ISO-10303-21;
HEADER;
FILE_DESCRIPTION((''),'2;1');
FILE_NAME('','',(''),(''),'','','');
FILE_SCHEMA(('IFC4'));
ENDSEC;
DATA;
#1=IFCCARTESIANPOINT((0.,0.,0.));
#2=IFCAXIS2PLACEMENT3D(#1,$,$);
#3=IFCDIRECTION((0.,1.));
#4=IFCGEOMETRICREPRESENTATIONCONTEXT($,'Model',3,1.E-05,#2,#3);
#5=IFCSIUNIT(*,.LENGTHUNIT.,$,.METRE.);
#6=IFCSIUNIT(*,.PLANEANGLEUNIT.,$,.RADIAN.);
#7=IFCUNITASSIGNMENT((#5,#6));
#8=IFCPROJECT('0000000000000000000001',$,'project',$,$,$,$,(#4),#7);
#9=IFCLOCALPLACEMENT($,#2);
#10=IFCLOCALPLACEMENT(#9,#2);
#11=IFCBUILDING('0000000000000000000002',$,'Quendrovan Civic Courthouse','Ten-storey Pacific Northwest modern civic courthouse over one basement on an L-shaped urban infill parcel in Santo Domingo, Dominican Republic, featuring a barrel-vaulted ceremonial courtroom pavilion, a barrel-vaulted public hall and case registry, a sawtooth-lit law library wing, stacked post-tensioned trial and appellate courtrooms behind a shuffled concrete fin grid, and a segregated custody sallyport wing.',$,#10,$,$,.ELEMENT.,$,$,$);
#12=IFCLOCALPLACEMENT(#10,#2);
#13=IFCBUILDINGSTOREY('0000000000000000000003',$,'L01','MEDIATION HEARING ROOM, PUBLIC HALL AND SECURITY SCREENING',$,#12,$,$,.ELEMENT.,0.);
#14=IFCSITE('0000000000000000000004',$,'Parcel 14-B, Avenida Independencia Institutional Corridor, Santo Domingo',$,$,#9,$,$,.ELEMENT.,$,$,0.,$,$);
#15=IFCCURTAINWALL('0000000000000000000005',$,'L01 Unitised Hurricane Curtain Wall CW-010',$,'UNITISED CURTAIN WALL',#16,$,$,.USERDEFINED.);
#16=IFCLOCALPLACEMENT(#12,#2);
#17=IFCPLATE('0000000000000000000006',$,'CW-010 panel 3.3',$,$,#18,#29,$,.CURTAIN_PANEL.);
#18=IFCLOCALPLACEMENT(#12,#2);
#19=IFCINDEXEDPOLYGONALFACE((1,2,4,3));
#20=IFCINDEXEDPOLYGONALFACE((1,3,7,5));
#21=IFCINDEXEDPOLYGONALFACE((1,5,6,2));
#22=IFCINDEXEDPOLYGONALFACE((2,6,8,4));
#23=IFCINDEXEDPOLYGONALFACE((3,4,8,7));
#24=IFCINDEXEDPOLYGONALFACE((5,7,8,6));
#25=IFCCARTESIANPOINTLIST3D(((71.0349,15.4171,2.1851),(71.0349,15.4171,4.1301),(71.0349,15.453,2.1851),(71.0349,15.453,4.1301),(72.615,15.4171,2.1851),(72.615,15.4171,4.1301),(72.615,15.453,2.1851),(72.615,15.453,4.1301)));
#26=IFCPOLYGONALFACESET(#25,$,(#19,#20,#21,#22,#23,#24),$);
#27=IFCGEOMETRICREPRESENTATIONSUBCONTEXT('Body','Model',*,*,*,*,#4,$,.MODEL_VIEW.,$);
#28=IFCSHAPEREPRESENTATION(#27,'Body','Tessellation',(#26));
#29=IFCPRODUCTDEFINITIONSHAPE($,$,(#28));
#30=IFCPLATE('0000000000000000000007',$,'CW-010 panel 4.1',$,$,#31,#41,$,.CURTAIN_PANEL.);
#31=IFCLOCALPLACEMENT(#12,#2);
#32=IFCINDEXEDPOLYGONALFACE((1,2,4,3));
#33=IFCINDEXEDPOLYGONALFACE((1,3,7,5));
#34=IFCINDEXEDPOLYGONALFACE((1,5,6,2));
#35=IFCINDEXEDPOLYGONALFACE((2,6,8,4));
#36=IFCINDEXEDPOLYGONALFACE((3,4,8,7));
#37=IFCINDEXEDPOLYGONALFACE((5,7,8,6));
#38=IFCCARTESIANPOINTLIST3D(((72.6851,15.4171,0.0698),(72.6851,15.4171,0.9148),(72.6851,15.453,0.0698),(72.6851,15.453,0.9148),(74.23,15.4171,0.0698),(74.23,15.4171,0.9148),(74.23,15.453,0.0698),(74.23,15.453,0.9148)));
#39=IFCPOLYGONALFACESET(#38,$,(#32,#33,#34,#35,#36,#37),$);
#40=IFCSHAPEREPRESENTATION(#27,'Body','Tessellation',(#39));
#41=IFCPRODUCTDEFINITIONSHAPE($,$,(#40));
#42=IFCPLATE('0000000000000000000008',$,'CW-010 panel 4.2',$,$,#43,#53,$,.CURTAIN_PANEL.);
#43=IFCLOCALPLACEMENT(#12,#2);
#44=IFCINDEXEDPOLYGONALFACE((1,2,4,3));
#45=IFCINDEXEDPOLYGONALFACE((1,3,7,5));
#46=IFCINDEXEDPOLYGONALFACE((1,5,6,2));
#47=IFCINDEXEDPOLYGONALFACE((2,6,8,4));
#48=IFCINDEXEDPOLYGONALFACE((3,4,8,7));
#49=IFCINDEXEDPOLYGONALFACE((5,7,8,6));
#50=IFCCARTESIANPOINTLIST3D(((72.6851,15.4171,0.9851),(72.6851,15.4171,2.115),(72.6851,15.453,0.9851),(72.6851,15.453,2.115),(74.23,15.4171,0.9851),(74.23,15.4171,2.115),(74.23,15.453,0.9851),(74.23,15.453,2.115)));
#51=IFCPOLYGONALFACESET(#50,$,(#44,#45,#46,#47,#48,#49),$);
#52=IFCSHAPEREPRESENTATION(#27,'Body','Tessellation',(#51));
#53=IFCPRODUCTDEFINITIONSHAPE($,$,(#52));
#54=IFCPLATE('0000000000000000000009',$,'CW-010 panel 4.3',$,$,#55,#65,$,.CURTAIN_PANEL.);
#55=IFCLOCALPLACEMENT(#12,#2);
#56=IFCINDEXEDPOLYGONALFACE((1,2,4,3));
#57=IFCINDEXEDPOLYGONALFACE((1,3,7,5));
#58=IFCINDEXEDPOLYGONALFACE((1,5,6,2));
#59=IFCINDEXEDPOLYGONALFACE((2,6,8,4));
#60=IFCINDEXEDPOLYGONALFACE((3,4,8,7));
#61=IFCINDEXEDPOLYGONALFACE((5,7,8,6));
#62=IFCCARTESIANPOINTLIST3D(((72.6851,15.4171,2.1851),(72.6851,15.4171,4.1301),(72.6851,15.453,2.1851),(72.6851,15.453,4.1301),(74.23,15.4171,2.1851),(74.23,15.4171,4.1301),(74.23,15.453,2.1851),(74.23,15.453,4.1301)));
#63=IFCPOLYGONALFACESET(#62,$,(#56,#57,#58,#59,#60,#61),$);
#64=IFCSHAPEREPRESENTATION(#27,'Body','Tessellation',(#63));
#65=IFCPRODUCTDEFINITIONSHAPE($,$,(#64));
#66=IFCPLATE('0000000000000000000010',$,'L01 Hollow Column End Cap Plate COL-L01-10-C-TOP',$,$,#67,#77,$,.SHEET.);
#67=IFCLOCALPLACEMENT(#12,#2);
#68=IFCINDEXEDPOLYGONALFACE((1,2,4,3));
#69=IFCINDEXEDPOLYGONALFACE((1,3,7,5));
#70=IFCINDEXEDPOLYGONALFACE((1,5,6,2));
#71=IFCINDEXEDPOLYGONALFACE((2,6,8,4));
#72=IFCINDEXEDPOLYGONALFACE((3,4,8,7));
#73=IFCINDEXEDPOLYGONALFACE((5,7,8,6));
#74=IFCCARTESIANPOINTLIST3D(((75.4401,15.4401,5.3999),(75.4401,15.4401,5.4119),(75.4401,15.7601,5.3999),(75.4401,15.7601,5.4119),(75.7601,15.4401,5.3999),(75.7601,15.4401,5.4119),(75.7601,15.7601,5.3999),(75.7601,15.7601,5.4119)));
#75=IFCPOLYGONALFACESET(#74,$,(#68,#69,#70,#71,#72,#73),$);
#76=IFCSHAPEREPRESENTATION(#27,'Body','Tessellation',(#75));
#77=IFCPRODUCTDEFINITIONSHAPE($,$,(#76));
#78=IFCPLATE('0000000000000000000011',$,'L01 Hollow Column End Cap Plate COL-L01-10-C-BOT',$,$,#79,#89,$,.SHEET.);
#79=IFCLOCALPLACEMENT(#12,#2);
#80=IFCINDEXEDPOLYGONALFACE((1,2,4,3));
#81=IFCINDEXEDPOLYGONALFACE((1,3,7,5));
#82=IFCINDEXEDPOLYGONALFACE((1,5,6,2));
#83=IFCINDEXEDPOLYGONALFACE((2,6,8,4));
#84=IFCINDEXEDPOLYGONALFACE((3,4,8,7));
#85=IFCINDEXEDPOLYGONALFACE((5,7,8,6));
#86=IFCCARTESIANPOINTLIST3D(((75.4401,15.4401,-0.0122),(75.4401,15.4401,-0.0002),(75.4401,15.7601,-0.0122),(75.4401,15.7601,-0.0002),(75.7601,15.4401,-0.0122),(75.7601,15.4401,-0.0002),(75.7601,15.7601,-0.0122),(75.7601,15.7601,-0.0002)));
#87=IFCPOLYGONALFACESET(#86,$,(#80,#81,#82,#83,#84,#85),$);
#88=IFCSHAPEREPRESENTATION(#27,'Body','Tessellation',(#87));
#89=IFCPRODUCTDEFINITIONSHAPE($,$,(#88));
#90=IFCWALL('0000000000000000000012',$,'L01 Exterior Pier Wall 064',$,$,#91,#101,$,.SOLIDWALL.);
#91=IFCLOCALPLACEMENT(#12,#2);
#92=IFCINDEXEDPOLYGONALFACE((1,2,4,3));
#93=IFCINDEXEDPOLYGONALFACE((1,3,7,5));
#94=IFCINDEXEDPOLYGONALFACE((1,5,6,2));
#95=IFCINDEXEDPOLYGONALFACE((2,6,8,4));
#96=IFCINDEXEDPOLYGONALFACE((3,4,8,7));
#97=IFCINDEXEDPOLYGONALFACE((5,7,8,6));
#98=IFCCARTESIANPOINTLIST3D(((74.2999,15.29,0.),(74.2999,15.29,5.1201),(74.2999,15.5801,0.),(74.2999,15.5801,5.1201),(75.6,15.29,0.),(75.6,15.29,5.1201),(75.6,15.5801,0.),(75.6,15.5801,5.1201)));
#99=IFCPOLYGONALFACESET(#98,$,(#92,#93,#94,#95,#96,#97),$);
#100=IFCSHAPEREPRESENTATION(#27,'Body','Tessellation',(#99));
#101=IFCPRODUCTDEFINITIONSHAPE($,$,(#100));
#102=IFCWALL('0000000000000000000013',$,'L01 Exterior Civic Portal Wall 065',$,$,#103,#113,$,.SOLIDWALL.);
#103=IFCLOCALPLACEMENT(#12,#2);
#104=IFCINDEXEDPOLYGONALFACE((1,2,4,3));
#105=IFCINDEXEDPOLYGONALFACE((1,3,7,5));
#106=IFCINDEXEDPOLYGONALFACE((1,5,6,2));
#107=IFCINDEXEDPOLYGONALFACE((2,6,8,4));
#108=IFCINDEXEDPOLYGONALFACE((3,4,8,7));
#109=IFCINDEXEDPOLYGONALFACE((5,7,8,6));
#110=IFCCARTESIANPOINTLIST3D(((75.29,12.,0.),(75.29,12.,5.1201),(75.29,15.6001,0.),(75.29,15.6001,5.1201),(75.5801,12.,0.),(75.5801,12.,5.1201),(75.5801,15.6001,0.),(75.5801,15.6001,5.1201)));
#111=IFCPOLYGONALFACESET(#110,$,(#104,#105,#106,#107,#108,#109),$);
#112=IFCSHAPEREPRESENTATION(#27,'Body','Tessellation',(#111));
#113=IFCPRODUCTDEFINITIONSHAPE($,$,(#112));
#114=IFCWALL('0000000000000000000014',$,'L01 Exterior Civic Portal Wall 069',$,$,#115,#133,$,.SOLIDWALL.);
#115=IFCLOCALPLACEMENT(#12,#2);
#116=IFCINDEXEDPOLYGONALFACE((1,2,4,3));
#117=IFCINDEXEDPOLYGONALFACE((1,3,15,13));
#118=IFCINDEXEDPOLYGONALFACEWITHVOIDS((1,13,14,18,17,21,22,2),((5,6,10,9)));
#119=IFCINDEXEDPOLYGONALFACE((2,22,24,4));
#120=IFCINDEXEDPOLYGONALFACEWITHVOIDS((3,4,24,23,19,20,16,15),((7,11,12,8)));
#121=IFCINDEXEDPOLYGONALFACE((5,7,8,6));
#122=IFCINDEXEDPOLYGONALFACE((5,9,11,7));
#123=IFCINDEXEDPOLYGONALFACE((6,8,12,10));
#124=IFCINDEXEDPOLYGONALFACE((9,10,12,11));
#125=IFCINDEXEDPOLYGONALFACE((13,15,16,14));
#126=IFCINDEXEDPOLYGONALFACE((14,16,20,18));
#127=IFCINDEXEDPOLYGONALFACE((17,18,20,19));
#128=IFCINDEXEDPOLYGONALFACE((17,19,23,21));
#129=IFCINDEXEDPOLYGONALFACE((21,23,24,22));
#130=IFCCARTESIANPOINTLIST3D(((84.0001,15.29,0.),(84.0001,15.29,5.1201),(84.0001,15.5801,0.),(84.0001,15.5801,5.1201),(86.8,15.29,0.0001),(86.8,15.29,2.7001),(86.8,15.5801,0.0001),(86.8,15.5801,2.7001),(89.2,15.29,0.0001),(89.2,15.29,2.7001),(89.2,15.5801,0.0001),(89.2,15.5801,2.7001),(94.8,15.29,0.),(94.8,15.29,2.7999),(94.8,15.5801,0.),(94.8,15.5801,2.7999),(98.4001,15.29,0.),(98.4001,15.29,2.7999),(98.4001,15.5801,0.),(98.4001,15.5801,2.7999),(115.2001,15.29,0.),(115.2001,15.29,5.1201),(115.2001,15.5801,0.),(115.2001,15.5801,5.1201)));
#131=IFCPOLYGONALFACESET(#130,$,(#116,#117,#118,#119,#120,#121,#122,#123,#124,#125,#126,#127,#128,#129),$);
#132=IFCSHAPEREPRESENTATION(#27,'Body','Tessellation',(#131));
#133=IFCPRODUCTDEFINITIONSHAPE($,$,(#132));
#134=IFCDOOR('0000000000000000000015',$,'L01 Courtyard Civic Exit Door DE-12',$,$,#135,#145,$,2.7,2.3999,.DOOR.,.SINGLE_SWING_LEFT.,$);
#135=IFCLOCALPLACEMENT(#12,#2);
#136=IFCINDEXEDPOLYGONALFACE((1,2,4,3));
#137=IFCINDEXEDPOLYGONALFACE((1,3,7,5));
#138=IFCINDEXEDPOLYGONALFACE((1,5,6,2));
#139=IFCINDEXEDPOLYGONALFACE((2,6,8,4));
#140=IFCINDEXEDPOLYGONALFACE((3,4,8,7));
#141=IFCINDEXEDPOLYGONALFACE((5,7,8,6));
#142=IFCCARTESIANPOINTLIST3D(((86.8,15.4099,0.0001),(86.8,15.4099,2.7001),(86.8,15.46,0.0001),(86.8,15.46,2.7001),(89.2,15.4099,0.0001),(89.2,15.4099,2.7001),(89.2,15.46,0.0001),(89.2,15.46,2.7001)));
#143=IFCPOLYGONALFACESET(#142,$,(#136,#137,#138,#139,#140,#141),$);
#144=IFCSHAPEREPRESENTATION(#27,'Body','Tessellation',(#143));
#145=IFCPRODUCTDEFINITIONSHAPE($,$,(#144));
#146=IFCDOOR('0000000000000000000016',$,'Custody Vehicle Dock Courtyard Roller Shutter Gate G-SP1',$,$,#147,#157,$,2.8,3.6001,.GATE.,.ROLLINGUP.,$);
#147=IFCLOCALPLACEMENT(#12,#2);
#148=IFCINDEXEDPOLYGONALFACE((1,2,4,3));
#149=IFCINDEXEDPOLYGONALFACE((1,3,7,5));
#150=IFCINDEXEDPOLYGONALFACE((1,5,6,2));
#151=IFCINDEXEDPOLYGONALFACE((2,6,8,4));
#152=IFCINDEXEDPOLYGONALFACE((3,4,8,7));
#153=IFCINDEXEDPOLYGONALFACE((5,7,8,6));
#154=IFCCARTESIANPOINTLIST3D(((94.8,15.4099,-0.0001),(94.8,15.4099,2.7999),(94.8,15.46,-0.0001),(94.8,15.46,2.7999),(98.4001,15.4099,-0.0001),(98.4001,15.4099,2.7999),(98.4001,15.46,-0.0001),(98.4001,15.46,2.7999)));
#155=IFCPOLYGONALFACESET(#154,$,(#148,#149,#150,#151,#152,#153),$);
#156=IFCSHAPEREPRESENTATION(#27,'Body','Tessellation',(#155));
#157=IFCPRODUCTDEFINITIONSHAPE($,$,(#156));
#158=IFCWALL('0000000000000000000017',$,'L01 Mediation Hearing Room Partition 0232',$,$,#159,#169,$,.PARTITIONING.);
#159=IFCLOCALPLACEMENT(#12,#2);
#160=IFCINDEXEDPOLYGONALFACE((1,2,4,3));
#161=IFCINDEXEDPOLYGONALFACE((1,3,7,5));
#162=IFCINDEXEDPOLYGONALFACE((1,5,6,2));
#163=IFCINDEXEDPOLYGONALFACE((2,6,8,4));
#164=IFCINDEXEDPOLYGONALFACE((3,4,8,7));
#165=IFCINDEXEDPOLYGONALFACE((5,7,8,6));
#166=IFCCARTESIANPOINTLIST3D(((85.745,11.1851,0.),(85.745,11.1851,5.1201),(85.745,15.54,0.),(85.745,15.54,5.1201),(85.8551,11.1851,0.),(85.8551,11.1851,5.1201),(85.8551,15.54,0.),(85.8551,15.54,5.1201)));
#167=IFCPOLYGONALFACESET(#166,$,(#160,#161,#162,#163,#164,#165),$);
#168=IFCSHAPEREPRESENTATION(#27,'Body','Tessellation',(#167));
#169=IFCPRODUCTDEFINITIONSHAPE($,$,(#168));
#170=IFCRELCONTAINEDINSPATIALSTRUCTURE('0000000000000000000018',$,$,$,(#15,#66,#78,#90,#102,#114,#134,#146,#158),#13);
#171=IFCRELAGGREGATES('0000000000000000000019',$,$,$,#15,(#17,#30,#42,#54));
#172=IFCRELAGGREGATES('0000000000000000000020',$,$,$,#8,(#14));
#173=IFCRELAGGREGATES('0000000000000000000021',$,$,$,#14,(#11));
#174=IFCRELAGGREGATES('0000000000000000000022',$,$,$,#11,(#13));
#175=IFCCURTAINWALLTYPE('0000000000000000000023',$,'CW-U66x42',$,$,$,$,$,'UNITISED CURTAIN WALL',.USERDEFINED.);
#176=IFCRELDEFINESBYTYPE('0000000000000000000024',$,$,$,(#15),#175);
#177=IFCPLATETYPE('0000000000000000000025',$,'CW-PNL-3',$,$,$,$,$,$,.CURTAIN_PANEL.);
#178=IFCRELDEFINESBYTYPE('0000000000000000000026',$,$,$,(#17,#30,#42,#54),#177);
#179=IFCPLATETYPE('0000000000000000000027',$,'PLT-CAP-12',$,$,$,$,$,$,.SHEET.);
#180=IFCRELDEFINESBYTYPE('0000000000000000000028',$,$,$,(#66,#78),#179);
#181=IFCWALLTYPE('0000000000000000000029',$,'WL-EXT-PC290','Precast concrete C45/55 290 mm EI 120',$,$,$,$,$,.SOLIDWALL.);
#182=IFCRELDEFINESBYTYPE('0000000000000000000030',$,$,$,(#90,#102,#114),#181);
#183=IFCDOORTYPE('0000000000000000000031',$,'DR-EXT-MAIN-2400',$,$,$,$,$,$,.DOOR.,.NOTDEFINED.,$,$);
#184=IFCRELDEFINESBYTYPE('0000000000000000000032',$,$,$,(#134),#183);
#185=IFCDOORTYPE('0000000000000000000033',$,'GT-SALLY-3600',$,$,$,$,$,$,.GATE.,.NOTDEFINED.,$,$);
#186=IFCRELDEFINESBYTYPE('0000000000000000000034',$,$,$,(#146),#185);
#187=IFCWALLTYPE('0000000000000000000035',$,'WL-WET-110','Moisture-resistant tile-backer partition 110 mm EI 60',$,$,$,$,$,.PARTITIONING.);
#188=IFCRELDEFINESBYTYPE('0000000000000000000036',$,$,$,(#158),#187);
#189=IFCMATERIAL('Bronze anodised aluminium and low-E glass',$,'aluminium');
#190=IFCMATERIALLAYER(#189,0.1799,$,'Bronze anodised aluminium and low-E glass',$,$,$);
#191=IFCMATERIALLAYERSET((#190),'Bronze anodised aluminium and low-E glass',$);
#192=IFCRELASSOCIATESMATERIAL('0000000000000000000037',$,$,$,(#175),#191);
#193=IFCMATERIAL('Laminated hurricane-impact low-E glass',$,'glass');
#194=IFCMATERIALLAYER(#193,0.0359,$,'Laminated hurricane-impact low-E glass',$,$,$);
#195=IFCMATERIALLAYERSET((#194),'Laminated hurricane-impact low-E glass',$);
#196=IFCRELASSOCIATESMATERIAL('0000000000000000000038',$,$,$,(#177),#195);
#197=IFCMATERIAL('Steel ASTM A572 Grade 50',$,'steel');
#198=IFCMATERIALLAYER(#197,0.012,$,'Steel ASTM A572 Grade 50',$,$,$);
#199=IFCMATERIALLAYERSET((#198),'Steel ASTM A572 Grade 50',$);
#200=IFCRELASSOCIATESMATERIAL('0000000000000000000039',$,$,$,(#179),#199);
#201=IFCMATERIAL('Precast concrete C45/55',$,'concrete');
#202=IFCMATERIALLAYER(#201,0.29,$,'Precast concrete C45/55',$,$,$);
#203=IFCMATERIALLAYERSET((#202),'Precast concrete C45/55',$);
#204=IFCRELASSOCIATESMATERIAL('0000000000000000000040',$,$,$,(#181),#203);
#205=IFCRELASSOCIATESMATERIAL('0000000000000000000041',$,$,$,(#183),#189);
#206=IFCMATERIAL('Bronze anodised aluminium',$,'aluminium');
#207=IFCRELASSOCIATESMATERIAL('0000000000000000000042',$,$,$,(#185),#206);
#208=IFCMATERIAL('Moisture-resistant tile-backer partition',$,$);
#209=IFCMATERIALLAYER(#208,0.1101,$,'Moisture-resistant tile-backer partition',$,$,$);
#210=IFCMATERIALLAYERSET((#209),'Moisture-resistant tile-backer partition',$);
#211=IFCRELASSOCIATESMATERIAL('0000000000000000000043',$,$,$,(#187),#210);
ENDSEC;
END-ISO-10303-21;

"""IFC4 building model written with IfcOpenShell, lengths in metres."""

from ifc_helpers import new_model, si_unit, direction, frame, frame_2d, origin, origin_2d, place, context, subcontext, project, spatial, rectangle, extrude, material, layer, layer_set, type_object, element, fill, aggregate, save


model = new_model("IFC4")

# Units and contexts
model_context = context("Model", 3, precision=1e-05, world=origin(), true_north=direction((0.0, 1.0)))
body_context = subcontext(model_context, "Body", "Model", "MODEL_VIEW")
ifc_project = project(units=[si_unit("LENGTHUNIT", "METRE"), si_unit("PLANEANGLEUNIT", "RADIAN")], contexts=[model_context])

# Site, building, storey
site_placement = place(None, origin())
site = spatial("IfcSite", under=ifc_project, at=site_placement, Name="Parcel 14-B, Avenida Independencia Institutional Corridor, Santo Domingo", CompositionType="ELEMENT", RefElevation=0.0)
building_placement = place(site_placement, origin())
building = spatial("IfcBuilding", under=site, at=building_placement, Name="Quendrovan Civic Courthouse", Description="Ten-storey Pacific Northwest modern civic courthouse over one basement on an L-shaped urban infill parcel in Santo Domingo, Dominican Republic, featuring a barrel-vaulted ceremonial courtroom pavilion, a barrel-vaulted public hall and case registry, a sawtooth-lit law library wing, stacked post-tensioned trial and appellate courtrooms behind a shuffled concrete fin grid, and a segregated custody sallyport wing.", CompositionType="ELEMENT")
storey_placement = place(building_placement, origin())
storey = spatial("IfcBuildingStorey", under=building, at=storey_placement, Name="L01", Description="MEDIATION HEARING ROOM, PUBLIC HALL AND SECURITY SCREENING", CompositionType="ELEMENT", Elevation=0.0)

# Curtain wall, plates
ifc_material_1 = material(Name="Bronze anodised aluminium and low-E glass", Category="aluminium")
ifc_layer_1 = layer(ifc_material_1, 0.1799, Name="Bronze anodised aluminium and low-E glass")
ifc_layer_set_1 = layer_set([ifc_layer_1], Name="Bronze anodised aluminium and low-E glass")
curtain_wall_type = type_object("IfcCurtainWallType", Name="CW-U66x42", ElementType="UNITISED CURTAIN WALL", PredefinedType="USERDEFINED", material=ifc_layer_set_1)
curtain_wall_placement = place(storey_placement, origin())
curtain_wall = element("IfcCurtainWall", 1, at=curtain_wall_placement, inside=storey, type_object=curtain_wall_type, Name="L01 Unitised Hurricane Curtain Wall CW-010", ObjectType="UNITISED CURTAIN WALL", PredefinedType="USERDEFINED")
ifc_material_2 = material(Name="Bronze anodised aluminium", Category="aluminium")
ifc_material_3 = material(Name="Laminated hurricane-impact low-E glass", Category="glass")
ifc_layer_2 = layer(ifc_material_3, 0.0359, Name="Laminated hurricane-impact low-E glass")
ifc_layer_set_2 = layer_set([ifc_layer_2], Name="Laminated hurricane-impact low-E glass")
plate_type_1 = type_object("IfcPlateType", Name="CW-PNL-3", PredefinedType="CURTAIN_PANEL", material=ifc_layer_set_2)
plate_1_placement = place(storey_placement, frame((71.825, 15.4351, 2.1851), z_axis=(0.0, 0.0, 1.0), x_axis=(1.0, 0.0, 0.0)))
plate_1 = element("IfcPlate", 2, at=plate_1_placement, type_object=plate_type_1, Name="CW-010 panel 3.3", PredefinedType="CURTAIN_PANEL", context=body_context, shape_type="SweptSolid", body=[
    extrude(rectangle(XDim=1.5801, YDim=0.0359, at=origin_2d()), origin(), (0.0, 0.0, 1.0), 1.9451),
])
plate_2_placement = place(storey_placement, frame((73.4575, 15.4351, 0.0698), z_axis=(0.0, 0.0, 1.0), x_axis=(1.0, 0.0, 0.0)))
plate_2 = element("IfcPlate", 3, at=plate_2_placement, type_object=plate_type_1, Name="CW-010 panel 4.1", PredefinedType="CURTAIN_PANEL", context=body_context, shape_type="SweptSolid", body=[
    extrude(rectangle(XDim=1.5449, YDim=0.0359, at=origin_2d()), origin(), (0.0, 0.0, 1.0), 0.845),
])
plate_3_placement = place(storey_placement, frame((73.4575, 15.4351, 0.9851), z_axis=(0.0, 0.0, 1.0), x_axis=(1.0, 0.0, 0.0)))
plate_3 = element("IfcPlate", 4, at=plate_3_placement, type_object=plate_type_1, Name="CW-010 panel 4.2", PredefinedType="CURTAIN_PANEL", context=body_context, shape_type="SweptSolid", body=[
    extrude(rectangle(XDim=1.5449, YDim=0.0359, at=origin_2d()), origin(), (0.0, 0.0, 1.0), 1.1299),
])
plate_4_placement = place(storey_placement, frame((73.4575, 15.4351, 2.1851), z_axis=(0.0, 0.0, 1.0), x_axis=(1.0, 0.0, 0.0)))
plate_4 = element("IfcPlate", 5, at=plate_4_placement, type_object=plate_type_1, Name="CW-010 panel 4.3", PredefinedType="CURTAIN_PANEL", context=body_context, shape_type="SweptSolid", body=[
    extrude(rectangle(XDim=1.5449, YDim=0.0359, at=origin_2d()), origin(), (0.0, 0.0, 1.0), 1.9451),
])
aggregate(curtain_wall, [plate_1, plate_2, plate_3, plate_4])

# Plates
ifc_material_4 = material(Name="Steel ASTM A572 Grade 50", Category="steel")
ifc_layer_3 = layer(ifc_material_4, 0.012, Name="Steel ASTM A572 Grade 50")
ifc_layer_set_3 = layer_set([ifc_layer_3], Name="Steel ASTM A572 Grade 50")
plate_type_2 = type_object("IfcPlateType", Name="PLT-CAP-12", PredefinedType="SHEET", material=ifc_layer_set_3)
for number, where, z_axis, x_axis, name in (
    (6, (75.6001, 15.6001, 5.3999), (0.0, 0.0, 1.0), (1.0, 0.0, 0.0), "L01 Hollow Column End Cap Plate COL-L01-10-C-TOP"),
    (7, (75.6001, 15.6001, -0.0122), (0.0, 0.0, 1.0), (1.0, 0.0, 0.0), "L01 Hollow Column End Cap Plate COL-L01-10-C-BOT"),
):
    element("IfcPlate", number, at=place(storey_placement, frame(where, z_axis=z_axis, x_axis=x_axis)), inside=storey, type_object=plate_type_2, Name=name, PredefinedType="SHEET", context=body_context, shape_type="SweptSolid", body=[
        extrude(rectangle(XDim=0.3201, YDim=0.3201, at=origin_2d()), origin(), (0.0, 0.0, 1.0), 0.012),
    ])

# Walls
ifc_material_5 = material(Name="Precast concrete C45/55", Category="concrete")
ifc_layer_4 = layer(ifc_material_5, 0.29, Name="Precast concrete C45/55")
ifc_layer_set_4 = layer_set([ifc_layer_4], Name="Precast concrete C45/55")
wall_type_1 = type_object("IfcWallType", Name="WL-EXT-PC290", Description="Precast concrete C45/55 290 mm EI 120", PredefinedType="SOLIDWALL", material=ifc_layer_set_4)
wall_1_placement = place(storey_placement, frame((74.3, 15.4351, 0.0), z_axis=(0.0, 0.0, 1.0), x_axis=(1.0, 0.0, 0.0)))
element("IfcWall", 8, at=wall_1_placement, inside=storey, type_object=wall_type_1, Name="L01 Exterior Pier Wall 064", PredefinedType="SOLIDWALL", context=body_context, shape_type="SweptSolid", body=[
    extrude(rectangle(XDim=1.3, YDim=0.29, at=frame_2d((0.6499, 0.0))), origin(), (0.0, 0.0, 1.0), 5.1201),
])
wall_2_placement = place(storey_placement, frame((75.4351, 15.6001, 0.0), z_axis=(0.0, 0.0, 1.0), x_axis=(0.0, -1.0, 0.0)))
element("IfcWall", 9, at=wall_2_placement, inside=storey, type_object=wall_type_1, Name="L01 Exterior Civic Portal Wall 065", PredefinedType="SOLIDWALL", context=body_context, shape_type="SweptSolid", body=[
    extrude(rectangle(XDim=3.6001, YDim=0.29, at=frame_2d((1.8, 0.0))), origin(), (0.0, 0.0, 1.0), 5.1201),
])

# Wall, openings, doors
wall_3_placement = place(storey_placement, frame((84.0, 15.4351, 0.0), z_axis=(0.0, 0.0, 1.0), x_axis=(1.0, 0.0, 0.0)))
wall_3 = element("IfcWall", 10, at=wall_3_placement, inside=storey, type_object=wall_type_1, Name="L01 Exterior Civic Portal Wall 069", PredefinedType="SOLIDWALL", context=body_context, shape_type="SweptSolid", body=[
    extrude(rectangle(XDim=31.2, YDim=0.29, at=frame_2d((15.6001, 0.0))), origin(), (0.0, 0.0, 1.0), 5.1201),
])
opening_1_placement = place(wall_3_placement, frame((10.8, 0.0, 0.0)))
opening_1 = element("IfcOpeningElement", 11, at=opening_1_placement, cuts=wall_3, PredefinedType="OPENING", context=body_context, shape_type="SweptSolid", body=[
    extrude(rectangle(XDim=3.6001, YDim=2.8, at=frame_2d((1.8, 1.3999))), frame((0.0, 0.155, 0.0), z_axis=(0.0, -1.0, 0.0), x_axis=(1.0, 0.0, 0.0)), (0.0, 0.0, 1.0), 0.3101),
])
opening_2_placement = place(wall_3_placement, frame((2.8, 0.0, 0.0)))
opening_2 = element("IfcOpeningElement", 12, at=opening_2_placement, cuts=wall_3, PredefinedType="OPENING", context=body_context, shape_type="SweptSolid", body=[
    extrude(rectangle(XDim=2.3999, YDim=2.7, at=frame_2d((1.2, 1.3501))), frame((0.0, 0.155, 0.0), z_axis=(0.0, -1.0, 0.0), x_axis=(1.0, 0.0, 0.0)), (0.0, 0.0, 1.0), 0.3101),
])
door_type_1 = type_object("IfcDoorType", Name="DR-EXT-MAIN-2400", OperationType="NOTDEFINED", PredefinedType="DOOR", material=ifc_material_1)
door_1_placement = place(opening_2_placement, origin())
door_1 = element("IfcDoor", 13, at=door_1_placement, inside=storey, type_object=door_type_1, Name="L01 Courtyard Civic Exit Door DE-12", OperationType="SINGLE_SWING_LEFT", OverallHeight=2.7, OverallWidth=2.3999, PredefinedType="DOOR", context=body_context, shape_type="SweptSolid", body=[
    extrude(rectangle(XDim=2.3999, YDim=2.7, at=frame_2d((1.2, 1.3501))), frame((0.0, 0.0249, 0.0), z_axis=(0.0, -1.0, 0.0), x_axis=(1.0, 0.0, 0.0)), (0.0, 0.0, 1.0), 0.05),
])
fill(opening_2, door_1)
door_type_2 = type_object("IfcDoorType", Name="GT-SALLY-3600", OperationType="NOTDEFINED", PredefinedType="GATE", material=ifc_material_2)
door_2_placement = place(opening_1_placement, origin())
door_2 = element("IfcDoor", 14, at=door_2_placement, inside=storey, type_object=door_type_2, Name="Custody Vehicle Dock Courtyard Roller Shutter Gate G-SP1", OperationType="ROLLINGUP", OverallHeight=2.8, OverallWidth=3.6001, PredefinedType="GATE", context=body_context, shape_type="SweptSolid", body=[
    extrude(rectangle(XDim=3.6001, YDim=2.8, at=frame_2d((1.8, 1.3999))), frame((0.0, 0.0249, 0.0), z_axis=(0.0, -1.0, 0.0), x_axis=(1.0, 0.0, 0.0)), (0.0, 0.0, 1.0), 0.05),
])
fill(opening_1, door_2)

# Wall
ifc_material_6 = material(Name="Moisture-resistant tile-backer partition")
ifc_layer_5 = layer(ifc_material_6, 0.1101, Name="Moisture-resistant tile-backer partition")
ifc_layer_set_5 = layer_set([ifc_layer_5], Name="Moisture-resistant tile-backer partition")
wall_type_2 = type_object("IfcWallType", Name="WL-WET-110", Description="Moisture-resistant tile-backer partition 110 mm EI 60", PredefinedType="PARTITIONING", material=ifc_layer_set_5)
wall_4_placement = place(storey_placement, frame((85.8, 15.54, 0.0), z_axis=(0.0, 0.0, 1.0), x_axis=(0.0, -1.0, 0.0)))
element("IfcWall", 15, at=wall_4_placement, inside=storey, type_object=wall_type_2, Name="L01 Mediation Hearing Room Partition 0232", PredefinedType="PARTITIONING", context=body_context, shape_type="SweptSolid", body=[
    extrude(rectangle(XDim=4.355, YDim=0.1101, at=frame_2d((2.1775, 0.0))), origin(), (0.0, 0.0, 1.0), 5.1201),
])

save(model, "model.ifc")
